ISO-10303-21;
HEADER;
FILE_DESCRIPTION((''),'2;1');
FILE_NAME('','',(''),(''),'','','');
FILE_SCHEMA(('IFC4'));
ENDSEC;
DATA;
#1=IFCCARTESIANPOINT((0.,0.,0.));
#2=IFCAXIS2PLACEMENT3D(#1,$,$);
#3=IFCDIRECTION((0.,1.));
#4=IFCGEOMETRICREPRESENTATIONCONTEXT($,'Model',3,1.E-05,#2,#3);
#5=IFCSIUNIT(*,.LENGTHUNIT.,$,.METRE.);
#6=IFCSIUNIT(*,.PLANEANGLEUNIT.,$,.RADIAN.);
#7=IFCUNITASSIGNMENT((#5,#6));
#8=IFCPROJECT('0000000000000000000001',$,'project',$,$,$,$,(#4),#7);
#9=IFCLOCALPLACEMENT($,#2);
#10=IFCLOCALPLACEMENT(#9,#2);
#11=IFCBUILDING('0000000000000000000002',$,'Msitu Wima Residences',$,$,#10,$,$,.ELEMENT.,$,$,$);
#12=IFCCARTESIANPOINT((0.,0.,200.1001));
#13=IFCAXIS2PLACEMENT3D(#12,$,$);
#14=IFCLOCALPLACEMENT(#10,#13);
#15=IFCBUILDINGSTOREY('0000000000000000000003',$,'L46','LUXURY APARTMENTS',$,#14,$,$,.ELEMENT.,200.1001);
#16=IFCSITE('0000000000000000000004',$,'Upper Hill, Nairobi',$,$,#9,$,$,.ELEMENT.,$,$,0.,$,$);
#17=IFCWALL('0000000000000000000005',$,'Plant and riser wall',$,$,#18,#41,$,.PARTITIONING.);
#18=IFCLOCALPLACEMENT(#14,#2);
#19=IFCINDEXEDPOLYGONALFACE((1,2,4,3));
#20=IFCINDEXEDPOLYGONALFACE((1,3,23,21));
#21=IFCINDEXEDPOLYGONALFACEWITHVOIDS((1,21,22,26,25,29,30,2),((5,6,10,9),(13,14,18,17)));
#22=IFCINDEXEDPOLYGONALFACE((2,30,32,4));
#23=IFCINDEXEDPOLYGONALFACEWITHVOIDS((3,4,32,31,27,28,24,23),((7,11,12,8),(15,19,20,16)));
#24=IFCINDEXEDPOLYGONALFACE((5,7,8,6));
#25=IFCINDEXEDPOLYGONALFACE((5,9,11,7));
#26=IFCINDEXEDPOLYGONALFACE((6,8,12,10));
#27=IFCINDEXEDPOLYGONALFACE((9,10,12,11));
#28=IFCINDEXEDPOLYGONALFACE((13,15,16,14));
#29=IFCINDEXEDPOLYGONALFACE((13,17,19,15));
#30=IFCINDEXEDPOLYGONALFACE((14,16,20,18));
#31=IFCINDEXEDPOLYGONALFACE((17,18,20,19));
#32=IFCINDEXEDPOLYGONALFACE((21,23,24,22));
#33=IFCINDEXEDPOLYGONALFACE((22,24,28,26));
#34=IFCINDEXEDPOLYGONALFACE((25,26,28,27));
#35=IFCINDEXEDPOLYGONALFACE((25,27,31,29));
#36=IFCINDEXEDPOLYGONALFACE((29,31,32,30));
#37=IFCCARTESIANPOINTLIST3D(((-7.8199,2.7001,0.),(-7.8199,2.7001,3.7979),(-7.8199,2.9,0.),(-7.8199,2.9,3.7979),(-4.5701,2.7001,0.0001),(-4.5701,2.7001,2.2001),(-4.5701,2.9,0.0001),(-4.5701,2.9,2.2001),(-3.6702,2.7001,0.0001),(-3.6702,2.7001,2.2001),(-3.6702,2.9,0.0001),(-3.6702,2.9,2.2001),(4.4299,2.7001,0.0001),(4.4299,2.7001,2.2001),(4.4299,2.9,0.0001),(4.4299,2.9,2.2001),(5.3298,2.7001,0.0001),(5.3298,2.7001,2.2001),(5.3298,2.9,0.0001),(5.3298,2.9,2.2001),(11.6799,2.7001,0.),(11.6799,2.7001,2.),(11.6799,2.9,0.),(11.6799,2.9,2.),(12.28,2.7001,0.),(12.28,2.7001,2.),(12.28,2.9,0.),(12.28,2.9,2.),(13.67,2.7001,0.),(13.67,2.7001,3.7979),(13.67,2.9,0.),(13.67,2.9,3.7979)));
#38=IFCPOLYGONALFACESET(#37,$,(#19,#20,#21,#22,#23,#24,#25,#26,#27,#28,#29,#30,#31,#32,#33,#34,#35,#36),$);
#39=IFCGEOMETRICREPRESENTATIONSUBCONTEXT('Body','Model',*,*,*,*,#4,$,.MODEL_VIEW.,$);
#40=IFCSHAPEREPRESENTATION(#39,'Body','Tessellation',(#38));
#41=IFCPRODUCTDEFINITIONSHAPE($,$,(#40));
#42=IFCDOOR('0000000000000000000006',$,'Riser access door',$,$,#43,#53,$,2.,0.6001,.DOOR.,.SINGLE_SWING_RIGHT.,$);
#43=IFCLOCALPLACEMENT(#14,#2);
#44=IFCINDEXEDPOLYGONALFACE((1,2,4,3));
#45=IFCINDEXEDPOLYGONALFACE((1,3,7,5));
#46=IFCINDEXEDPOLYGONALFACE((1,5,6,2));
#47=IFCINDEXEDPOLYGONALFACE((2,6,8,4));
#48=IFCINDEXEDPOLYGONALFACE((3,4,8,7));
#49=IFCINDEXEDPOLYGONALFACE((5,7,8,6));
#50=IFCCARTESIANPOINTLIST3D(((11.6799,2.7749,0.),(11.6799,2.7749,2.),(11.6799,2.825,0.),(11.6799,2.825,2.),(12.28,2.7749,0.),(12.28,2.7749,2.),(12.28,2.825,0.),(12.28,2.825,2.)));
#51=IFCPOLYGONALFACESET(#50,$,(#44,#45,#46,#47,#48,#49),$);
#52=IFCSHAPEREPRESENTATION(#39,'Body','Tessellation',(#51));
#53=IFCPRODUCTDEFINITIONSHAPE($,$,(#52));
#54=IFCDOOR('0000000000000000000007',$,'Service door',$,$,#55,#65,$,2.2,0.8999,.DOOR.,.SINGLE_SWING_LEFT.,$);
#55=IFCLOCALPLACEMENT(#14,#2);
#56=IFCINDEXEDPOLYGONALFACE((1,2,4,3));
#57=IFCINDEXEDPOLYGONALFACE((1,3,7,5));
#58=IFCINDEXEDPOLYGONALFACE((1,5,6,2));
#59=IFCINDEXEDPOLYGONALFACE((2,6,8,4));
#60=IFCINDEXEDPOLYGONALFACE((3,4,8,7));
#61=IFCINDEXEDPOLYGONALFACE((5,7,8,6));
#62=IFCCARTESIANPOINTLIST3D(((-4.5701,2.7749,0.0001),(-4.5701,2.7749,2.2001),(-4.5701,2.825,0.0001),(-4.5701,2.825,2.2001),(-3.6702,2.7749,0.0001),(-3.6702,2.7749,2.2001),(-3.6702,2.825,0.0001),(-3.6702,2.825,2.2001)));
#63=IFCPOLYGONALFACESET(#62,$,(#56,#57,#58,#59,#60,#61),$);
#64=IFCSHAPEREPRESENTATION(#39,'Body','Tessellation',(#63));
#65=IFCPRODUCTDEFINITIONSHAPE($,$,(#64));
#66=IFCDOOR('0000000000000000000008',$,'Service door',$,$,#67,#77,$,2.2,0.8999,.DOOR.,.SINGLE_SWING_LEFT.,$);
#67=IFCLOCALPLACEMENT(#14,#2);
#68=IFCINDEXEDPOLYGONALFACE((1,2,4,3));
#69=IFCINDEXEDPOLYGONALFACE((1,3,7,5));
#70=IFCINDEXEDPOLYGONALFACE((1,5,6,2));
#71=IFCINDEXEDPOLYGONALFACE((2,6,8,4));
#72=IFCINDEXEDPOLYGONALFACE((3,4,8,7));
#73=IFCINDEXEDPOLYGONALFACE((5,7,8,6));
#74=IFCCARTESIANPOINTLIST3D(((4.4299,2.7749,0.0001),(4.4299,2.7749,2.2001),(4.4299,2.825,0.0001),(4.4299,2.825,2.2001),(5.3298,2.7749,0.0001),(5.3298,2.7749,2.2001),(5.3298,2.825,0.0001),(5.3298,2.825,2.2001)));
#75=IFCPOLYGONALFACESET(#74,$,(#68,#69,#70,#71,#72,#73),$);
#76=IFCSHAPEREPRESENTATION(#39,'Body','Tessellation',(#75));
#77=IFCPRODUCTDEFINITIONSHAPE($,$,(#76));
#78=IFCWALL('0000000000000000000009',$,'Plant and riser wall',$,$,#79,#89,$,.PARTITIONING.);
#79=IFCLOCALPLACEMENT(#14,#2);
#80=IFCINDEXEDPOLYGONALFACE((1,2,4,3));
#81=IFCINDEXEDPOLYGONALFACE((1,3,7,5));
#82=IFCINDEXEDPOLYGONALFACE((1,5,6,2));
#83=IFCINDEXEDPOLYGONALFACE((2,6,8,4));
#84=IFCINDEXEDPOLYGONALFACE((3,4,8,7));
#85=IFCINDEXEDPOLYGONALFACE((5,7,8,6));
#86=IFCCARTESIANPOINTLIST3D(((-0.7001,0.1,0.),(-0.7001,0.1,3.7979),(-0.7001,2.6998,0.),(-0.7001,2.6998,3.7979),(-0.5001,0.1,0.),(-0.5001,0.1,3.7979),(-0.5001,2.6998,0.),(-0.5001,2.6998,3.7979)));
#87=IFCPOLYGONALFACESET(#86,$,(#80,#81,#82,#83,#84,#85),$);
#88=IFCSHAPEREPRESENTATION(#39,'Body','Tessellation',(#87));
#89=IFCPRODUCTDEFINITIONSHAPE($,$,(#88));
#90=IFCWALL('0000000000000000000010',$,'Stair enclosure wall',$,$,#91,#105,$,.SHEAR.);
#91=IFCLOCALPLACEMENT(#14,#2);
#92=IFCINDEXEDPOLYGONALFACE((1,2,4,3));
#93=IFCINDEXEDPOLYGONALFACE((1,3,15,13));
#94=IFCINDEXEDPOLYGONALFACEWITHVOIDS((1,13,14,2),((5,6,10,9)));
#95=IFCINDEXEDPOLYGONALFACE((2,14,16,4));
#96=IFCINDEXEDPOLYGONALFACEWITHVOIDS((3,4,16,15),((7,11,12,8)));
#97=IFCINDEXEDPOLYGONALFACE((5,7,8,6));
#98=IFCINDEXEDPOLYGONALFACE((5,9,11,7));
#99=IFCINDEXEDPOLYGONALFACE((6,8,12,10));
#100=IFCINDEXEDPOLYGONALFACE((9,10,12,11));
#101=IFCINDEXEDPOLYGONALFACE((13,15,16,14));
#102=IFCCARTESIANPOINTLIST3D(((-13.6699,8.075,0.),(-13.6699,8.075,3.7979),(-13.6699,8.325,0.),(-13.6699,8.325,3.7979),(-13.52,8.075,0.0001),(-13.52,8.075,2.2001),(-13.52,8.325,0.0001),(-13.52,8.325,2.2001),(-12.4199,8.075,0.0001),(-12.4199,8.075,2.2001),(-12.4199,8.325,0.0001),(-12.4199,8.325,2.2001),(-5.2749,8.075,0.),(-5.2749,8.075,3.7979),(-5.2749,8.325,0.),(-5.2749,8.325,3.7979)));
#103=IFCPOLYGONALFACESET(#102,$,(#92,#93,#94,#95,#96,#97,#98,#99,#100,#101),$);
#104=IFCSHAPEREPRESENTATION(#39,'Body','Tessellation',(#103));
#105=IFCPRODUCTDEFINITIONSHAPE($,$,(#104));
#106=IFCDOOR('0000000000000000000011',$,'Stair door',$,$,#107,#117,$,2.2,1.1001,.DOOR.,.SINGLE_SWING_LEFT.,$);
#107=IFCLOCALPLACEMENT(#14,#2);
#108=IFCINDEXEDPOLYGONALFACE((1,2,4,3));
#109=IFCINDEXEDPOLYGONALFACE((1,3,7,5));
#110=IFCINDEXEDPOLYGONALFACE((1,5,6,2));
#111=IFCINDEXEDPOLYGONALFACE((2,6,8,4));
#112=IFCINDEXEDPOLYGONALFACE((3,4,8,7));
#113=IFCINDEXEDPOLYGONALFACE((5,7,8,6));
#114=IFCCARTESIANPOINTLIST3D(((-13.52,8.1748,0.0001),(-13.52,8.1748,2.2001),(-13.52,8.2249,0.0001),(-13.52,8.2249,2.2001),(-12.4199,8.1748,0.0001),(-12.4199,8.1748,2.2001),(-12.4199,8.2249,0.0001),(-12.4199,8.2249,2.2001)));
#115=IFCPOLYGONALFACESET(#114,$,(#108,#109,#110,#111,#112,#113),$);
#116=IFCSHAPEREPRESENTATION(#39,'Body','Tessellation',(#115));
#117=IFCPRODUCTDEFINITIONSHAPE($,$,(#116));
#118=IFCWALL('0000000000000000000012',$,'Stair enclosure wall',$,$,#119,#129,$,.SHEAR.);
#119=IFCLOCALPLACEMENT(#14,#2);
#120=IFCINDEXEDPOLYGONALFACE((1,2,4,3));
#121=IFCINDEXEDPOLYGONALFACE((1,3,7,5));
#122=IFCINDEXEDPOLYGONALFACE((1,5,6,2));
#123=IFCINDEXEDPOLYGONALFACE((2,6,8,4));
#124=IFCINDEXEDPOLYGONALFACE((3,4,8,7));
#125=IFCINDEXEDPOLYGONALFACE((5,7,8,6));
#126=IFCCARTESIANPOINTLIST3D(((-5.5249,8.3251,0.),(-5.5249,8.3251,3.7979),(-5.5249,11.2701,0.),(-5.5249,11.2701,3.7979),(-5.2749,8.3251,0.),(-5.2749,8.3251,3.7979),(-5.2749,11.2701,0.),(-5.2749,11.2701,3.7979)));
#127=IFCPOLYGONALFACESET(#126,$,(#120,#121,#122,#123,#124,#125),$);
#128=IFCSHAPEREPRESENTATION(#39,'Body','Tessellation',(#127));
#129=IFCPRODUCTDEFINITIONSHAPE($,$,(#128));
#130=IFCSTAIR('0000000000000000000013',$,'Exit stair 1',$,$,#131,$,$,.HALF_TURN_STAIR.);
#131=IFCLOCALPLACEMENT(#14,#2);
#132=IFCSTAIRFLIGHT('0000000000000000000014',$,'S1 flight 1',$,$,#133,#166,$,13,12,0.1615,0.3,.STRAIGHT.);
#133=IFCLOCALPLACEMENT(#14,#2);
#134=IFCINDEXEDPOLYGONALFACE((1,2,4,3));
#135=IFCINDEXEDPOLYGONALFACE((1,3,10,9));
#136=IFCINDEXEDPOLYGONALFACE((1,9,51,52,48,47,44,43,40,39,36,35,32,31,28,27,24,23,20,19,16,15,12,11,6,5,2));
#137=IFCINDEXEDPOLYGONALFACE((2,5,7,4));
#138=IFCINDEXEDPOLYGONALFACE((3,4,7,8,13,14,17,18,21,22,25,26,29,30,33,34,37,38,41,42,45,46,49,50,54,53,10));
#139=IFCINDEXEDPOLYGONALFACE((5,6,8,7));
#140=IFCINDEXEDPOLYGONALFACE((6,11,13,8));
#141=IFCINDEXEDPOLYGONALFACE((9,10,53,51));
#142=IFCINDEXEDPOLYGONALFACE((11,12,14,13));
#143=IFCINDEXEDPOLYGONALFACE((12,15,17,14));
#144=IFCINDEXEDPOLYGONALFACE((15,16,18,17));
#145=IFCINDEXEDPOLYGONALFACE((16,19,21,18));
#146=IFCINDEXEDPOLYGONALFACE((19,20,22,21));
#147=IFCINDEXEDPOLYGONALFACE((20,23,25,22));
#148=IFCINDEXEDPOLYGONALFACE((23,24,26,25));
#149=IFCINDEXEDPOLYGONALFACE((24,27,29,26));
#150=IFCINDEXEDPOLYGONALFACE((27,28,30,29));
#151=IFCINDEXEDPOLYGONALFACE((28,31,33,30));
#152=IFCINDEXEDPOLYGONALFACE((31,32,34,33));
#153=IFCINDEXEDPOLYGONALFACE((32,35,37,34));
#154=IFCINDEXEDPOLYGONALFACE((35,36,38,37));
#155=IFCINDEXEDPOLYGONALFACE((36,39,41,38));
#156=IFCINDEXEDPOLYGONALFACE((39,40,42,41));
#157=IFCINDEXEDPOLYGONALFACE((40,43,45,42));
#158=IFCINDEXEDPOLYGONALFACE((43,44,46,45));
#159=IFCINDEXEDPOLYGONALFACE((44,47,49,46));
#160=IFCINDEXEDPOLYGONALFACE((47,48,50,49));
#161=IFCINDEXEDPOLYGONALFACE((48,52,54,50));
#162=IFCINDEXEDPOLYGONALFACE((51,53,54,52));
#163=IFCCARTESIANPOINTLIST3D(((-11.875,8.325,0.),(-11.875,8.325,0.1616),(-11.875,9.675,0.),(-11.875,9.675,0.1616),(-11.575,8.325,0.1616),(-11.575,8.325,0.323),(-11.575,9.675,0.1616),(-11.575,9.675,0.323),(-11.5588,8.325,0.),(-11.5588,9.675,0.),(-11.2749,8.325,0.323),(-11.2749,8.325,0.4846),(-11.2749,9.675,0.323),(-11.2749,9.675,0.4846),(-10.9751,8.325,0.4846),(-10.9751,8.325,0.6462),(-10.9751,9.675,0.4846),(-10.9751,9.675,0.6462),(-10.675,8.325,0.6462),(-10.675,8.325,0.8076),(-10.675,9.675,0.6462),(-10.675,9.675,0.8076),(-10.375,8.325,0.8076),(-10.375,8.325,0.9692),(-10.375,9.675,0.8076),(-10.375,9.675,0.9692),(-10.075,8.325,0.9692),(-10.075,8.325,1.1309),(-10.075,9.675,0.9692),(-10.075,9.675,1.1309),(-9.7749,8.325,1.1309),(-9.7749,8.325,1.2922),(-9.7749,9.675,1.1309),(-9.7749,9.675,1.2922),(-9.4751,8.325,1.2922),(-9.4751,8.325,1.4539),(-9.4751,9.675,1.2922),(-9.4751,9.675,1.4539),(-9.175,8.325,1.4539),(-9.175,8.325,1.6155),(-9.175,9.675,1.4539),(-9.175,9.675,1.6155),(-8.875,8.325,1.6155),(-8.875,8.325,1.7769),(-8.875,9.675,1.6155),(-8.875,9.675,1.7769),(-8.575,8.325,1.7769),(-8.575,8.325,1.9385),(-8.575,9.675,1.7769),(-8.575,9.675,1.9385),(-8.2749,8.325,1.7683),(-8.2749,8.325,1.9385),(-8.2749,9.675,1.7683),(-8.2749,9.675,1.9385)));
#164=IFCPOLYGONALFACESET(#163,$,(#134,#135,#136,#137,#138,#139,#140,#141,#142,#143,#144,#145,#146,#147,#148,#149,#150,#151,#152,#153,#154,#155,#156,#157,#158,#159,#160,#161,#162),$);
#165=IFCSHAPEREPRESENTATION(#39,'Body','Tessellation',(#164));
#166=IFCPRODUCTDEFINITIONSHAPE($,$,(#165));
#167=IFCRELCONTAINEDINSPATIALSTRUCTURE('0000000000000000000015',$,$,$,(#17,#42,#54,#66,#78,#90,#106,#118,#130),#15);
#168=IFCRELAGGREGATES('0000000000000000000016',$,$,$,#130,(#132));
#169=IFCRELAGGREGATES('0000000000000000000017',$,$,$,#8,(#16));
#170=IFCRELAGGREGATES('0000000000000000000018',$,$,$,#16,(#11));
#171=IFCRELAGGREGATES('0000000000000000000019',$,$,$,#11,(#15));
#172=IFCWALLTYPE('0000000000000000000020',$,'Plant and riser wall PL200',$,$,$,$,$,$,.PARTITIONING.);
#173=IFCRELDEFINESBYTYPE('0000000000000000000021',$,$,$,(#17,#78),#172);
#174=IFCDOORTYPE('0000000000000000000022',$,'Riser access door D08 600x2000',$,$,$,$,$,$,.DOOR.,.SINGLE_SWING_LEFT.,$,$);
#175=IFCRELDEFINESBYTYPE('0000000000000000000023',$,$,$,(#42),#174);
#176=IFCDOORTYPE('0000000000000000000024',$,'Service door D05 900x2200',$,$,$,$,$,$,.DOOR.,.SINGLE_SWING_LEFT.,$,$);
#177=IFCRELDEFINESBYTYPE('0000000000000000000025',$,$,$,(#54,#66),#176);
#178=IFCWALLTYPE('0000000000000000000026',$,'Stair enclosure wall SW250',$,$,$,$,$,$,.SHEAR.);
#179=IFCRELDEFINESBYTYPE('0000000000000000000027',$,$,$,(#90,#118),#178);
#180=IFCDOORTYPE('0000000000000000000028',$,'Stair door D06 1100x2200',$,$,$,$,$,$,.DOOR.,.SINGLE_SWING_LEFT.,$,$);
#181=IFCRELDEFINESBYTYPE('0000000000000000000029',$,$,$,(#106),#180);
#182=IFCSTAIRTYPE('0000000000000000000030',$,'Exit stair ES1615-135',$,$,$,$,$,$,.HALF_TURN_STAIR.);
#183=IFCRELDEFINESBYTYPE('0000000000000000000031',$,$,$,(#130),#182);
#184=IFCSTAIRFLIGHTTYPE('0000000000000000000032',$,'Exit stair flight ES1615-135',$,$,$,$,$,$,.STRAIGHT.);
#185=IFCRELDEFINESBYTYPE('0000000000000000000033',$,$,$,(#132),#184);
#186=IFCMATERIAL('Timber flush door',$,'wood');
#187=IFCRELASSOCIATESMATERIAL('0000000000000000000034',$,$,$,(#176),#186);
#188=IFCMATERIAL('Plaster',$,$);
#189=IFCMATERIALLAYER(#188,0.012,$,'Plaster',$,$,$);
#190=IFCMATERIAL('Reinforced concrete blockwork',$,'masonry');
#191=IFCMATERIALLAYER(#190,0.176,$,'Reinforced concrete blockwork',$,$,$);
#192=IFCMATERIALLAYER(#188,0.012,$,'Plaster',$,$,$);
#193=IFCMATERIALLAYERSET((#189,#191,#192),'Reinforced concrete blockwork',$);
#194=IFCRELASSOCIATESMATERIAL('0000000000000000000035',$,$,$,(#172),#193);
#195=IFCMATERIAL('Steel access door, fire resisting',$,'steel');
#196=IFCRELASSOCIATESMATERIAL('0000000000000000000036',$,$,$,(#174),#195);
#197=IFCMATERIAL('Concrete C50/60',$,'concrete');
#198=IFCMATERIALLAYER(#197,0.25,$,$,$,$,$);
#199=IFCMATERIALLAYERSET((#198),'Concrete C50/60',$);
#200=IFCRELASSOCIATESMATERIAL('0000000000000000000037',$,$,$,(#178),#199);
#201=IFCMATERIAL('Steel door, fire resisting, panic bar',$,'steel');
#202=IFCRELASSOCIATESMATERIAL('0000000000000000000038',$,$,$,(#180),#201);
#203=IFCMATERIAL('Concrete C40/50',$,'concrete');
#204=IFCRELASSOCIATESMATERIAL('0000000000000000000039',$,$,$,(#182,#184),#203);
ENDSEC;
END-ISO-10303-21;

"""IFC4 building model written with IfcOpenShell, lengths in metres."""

from ifc_helpers import new_model, si_unit, direction, frame, frame_2d, origin, place, context, subcontext, project, spatial, polyline, rectangle, outline, extrude, material, layer, layer_set, type_object, element, fill, aggregate, save


model = new_model("IFC4")

# Units and contexts
model_context = context("Model", 3, precision=1e-05, world=origin(), true_north=direction((0.0, 1.0)))
body_context = subcontext(model_context, "Body", "Model", "MODEL_VIEW")
ifc_project = project(units=[si_unit("LENGTHUNIT", "METRE"), si_unit("PLANEANGLEUNIT", "RADIAN")], contexts=[model_context])

# Site, building, storey
site_placement = place(None, origin())
site = spatial("IfcSite", under=ifc_project, at=site_placement, Name="Upper Hill, Nairobi", CompositionType="ELEMENT", RefElevation=0.0)
building_placement = place(site_placement, origin())
building = spatial("IfcBuilding", under=site, at=building_placement, Name="Msitu Wima Residences", CompositionType="ELEMENT")
storey_placement = place(building_placement, frame((0.0, 0.0, 200.1001)))
storey = spatial("IfcBuildingStorey", under=building, at=storey_placement, Name="L46", Description="LUXURY APARTMENTS", CompositionType="ELEMENT", Elevation=200.1001)

# Shared definitions
ifc_material_1 = material(Name="Concrete C40/50", Category="concrete")

# Shared definitions
ifc_material_2 = material(Name="Plaster")

# Shared definitions
ifc_material_3 = material(Name="Timber flush door", Category="wood")
door_type_1 = type_object("IfcDoorType", Name="Service door D05 900x2200", OperationType="SINGLE_SWING_LEFT", PredefinedType="DOOR", material=ifc_material_3)

# Wall, openings, doors
ifc_layer_1 = layer(ifc_material_2, 0.012, Name="Plaster")
ifc_material_4 = material(Name="Reinforced concrete blockwork", Category="masonry")
ifc_layer_2 = layer(ifc_material_4, 0.176, Name="Reinforced concrete blockwork")
ifc_layer_3 = layer(ifc_material_2, 0.012, Name="Plaster")
ifc_layer_set_1 = layer_set([ifc_layer_1, ifc_layer_2, ifc_layer_3], Name="Reinforced concrete blockwork")
wall_type_1 = type_object("IfcWallType", Name="Plant and riser wall PL200", PredefinedType="PARTITIONING", material=ifc_layer_set_1)
wall_1_placement = place(storey_placement, frame((-7.8201, 2.8, 0.0), z_axis=(0.0, 0.0, 1.0), x_axis=(1.0, 0.0, 0.0)))
wall_1 = element("IfcWall", 1, at=wall_1_placement, inside=storey, type_object=wall_type_1, Name="Plant and riser wall", PredefinedType="PARTITIONING", context=body_context, shape_type="SweptSolid", body=[
    extrude(rectangle(XDim=21.49, YDim=0.2, at=frame_2d((10.7451, 0.0))), origin(), (0.0, 0.0, 1.0), 3.7979),
])
opening_1_placement = place(wall_1_placement, frame((19.5, 0.0, 0.0)))
opening_1 = element("IfcOpeningElement", 2, at=opening_1_placement, cuts=wall_1, PredefinedType="OPENING", context=body_context, shape_type="SweptSolid", body=[
    extrude(rectangle(XDim=0.6001, YDim=2.0, at=frame_2d((0.3, 1.0))), frame((0.0, 0.1099, 0.0), z_axis=(0.0, -1.0, 0.0), x_axis=(1.0, 0.0, 0.0)), (0.0, 0.0, 1.0), 0.22),
])
opening_2_placement = place(wall_1_placement, frame((3.25, 0.0, 0.0)))
opening_2 = element("IfcOpeningElement", 3, at=opening_2_placement, cuts=wall_1, PredefinedType="OPENING", context=body_context, shape_type="SweptSolid", body=[
    extrude(rectangle(XDim=0.8999, YDim=2.2, at=frame_2d((0.45, 1.1001))), frame((0.0, 0.1099, 0.0), z_axis=(0.0, -1.0, 0.0), x_axis=(1.0, 0.0, 0.0)), (0.0, 0.0, 1.0), 0.22),
])
opening_3_placement = place(wall_1_placement, frame((12.25, 0.0, 0.0)))
opening_3 = element("IfcOpeningElement", 4, at=opening_3_placement, cuts=wall_1, PredefinedType="OPENING", context=body_context, shape_type="SweptSolid", body=[
    extrude(rectangle(XDim=0.8999, YDim=2.2, at=frame_2d((0.45, 1.1001))), frame((0.0, 0.1099, 0.0), z_axis=(0.0, -1.0, 0.0), x_axis=(1.0, 0.0, 0.0)), (0.0, 0.0, 1.0), 0.22),
])
ifc_material_5 = material(Name="Steel access door, fire resisting", Category="steel")
door_type_2 = type_object("IfcDoorType", Name="Riser access door D08 600x2000", OperationType="SINGLE_SWING_LEFT", PredefinedType="DOOR", material=ifc_material_5)
door_1_placement = place(opening_1_placement, origin())
door_1 = element("IfcDoor", 5, at=door_1_placement, inside=storey, type_object=door_type_2, Name="Riser access door", OperationType="SINGLE_SWING_RIGHT", OverallHeight=2.0, OverallWidth=0.6001, PredefinedType="DOOR", context=body_context, shape_type="SweptSolid", body=[
    extrude(rectangle(XDim=0.6001, YDim=2.0, at=frame_2d((0.3, 1.0))), frame((0.0, 0.0249, 0.0), z_axis=(0.0, -1.0, 0.0), x_axis=(1.0, 0.0, 0.0)), (0.0, 0.0, 1.0), 0.05),
])
fill(opening_1, door_1)
door_2_placement = place(opening_2_placement, origin())
door_2 = element("IfcDoor", 6, at=door_2_placement, inside=storey, type_object=door_type_1, Name="Service door", OperationType="SINGLE_SWING_LEFT", OverallHeight=2.2, OverallWidth=0.8999, PredefinedType="DOOR", context=body_context, shape_type="SweptSolid", body=[
    extrude(rectangle(XDim=0.8999, YDim=2.2, at=frame_2d((0.45, 1.1001))), frame((0.0, 0.0249, 0.0), z_axis=(0.0, -1.0, 0.0), x_axis=(1.0, 0.0, 0.0)), (0.0, 0.0, 1.0), 0.05),
])
fill(opening_2, door_2)
door_3_placement = place(opening_3_placement, origin())
door_3 = element("IfcDoor", 7, at=door_3_placement, inside=storey, type_object=door_type_1, Name="Service door", OperationType="SINGLE_SWING_LEFT", OverallHeight=2.2, OverallWidth=0.8999, PredefinedType="DOOR", context=body_context, shape_type="SweptSolid", body=[
    extrude(rectangle(XDim=0.8999, YDim=2.2, at=frame_2d((0.45, 1.1001))), frame((0.0, 0.0249, 0.0), z_axis=(0.0, -1.0, 0.0), x_axis=(1.0, 0.0, 0.0)), (0.0, 0.0, 1.0), 0.05),
])
fill(opening_3, door_3)

# Wall
wall_2_placement = place(storey_placement, frame((-0.6001, 0.1001, 0.0), z_axis=(0.0, 0.0, 1.0), x_axis=(0.0, 1.0, 0.0)))
element("IfcWall", 8, at=wall_2_placement, inside=storey, type_object=wall_type_1, Name="Plant and riser wall", PredefinedType="PARTITIONING", context=body_context, shape_type="SweptSolid", body=[
    extrude(rectangle(XDim=2.5999, YDim=0.2, at=frame_2d((1.2998, 0.0))), origin(), (0.0, 0.0, 1.0), 3.7979),
])

# Wall, opening, door
ifc_material_6 = material(Name="Concrete C50/60", Category="concrete")
ifc_layer_4 = layer(ifc_material_6, 0.25)
ifc_layer_set_2 = layer_set([ifc_layer_4], Name="Concrete C50/60")
wall_type_2 = type_object("IfcWallType", Name="Stair enclosure wall SW250", PredefinedType="SHEAR", material=ifc_layer_set_2)
wall_3_placement = place(storey_placement, frame((-13.6699, 8.2, 0.0), z_axis=(0.0, 0.0, 1.0), x_axis=(1.0, 0.0, 0.0)))
wall_3 = element("IfcWall", 9, at=wall_3_placement, inside=storey, type_object=wall_type_2, Name="Stair enclosure wall", PredefinedType="SHEAR", context=body_context, shape_type="SweptSolid", body=[
    extrude(rectangle(XDim=8.395, YDim=0.25, at=frame_2d((4.1975, 0.0))), origin(), (0.0, 0.0, 1.0), 3.7979),
])
opening_4_placement = place(wall_3_placement, frame((0.1499, 0.0, 0.0)))
opening_4 = element("IfcOpeningElement", 10, at=opening_4_placement, cuts=wall_3, PredefinedType="OPENING", context=body_context, shape_type="SweptSolid", body=[
    extrude(rectangle(XDim=1.1001, YDim=2.2, at=frame_2d((0.55, 1.1001))), frame((0.0, 0.135, 0.0), z_axis=(0.0, -1.0, 0.0), x_axis=(1.0, 0.0, 0.0)), (0.0, 0.0, 1.0), 0.27),
])
ifc_material_7 = material(Name="Steel door, fire resisting, panic bar", Category="steel")
door_type_3 = type_object("IfcDoorType", Name="Stair door D06 1100x2200", OperationType="SINGLE_SWING_LEFT", PredefinedType="DOOR", material=ifc_material_7)
door_4_placement = place(opening_4_placement, origin())
door_4 = element("IfcDoor", 11, at=door_4_placement, inside=storey, type_object=door_type_3, Name="Stair door", OperationType="SINGLE_SWING_LEFT", OverallHeight=2.2, OverallWidth=1.1001, PredefinedType="DOOR", context=body_context, shape_type="SweptSolid", body=[
    extrude(rectangle(XDim=1.1001, YDim=2.2, at=frame_2d((0.55, 1.1001))), frame((0.0, 0.0249, 0.0), z_axis=(0.0, -1.0, 0.0), x_axis=(1.0, 0.0, 0.0)), (0.0, 0.0, 1.0), 0.05),
])
fill(opening_4, door_4)

# Wall
wall_4_placement = place(storey_placement, frame((-5.3999, 8.325, 0.0), z_axis=(0.0, 0.0, 1.0), x_axis=(0.0, 1.0, 0.0)))
element("IfcWall", 12, at=wall_4_placement, inside=storey, type_object=wall_type_2, Name="Stair enclosure wall", PredefinedType="SHEAR", context=body_context, shape_type="SweptSolid", body=[
    extrude(rectangle(XDim=2.9451, YDim=0.25, at=frame_2d((1.4727, 0.0))), origin(), (0.0, 0.0, 1.0), 3.7979),
])

# Stair, stair flight
stair_type = type_object("IfcStairType", Name="Exit stair ES1615-135", PredefinedType="HALF_TURN_STAIR", material=ifc_material_1)
stair_placement = place(storey_placement, origin())
stair = element("IfcStair", 13, at=stair_placement, inside=storey, type_object=stair_type, Name="Exit stair 1", PredefinedType="HALF_TURN_STAIR")
stair_flight_type = type_object("IfcStairFlightType", Name="Exit stair flight ES1615-135", PredefinedType="STRAIGHT", material=ifc_material_1)
stair_flight_placement = place(storey_placement, frame((-11.875, 9.0, 0.0), z_axis=(0.0, 0.0, 1.0), x_axis=(1.0, 0.0, 0.0)))
stair_flight = element("IfcStairFlight", 14, at=stair_flight_placement, type_object=stair_flight_type, Name="S1 flight 1", NumberOfRisers=13, NumberOfTreads=12, PredefinedType="STRAIGHT", RiserHeight=0.1615, TreadLength=0.3, context=body_context, shape_type="SweptSolid", body=[
    extrude(outline(polyline([(0.0, 0.0), (0.0, 0.1616), (0.3, 0.1616), (0.3, 0.323), (0.6001, 0.323), (0.6001, 0.4846), (0.8999, 0.4846), (0.8999, 0.6462), (1.2, 0.6462), (1.2, 0.8076), (1.5, 0.8076), (1.5, 0.9692), (1.8, 0.9692), (1.8, 1.1309), (2.1001, 1.1309), (2.1001, 1.2922), (2.3999, 1.2922), (2.3999, 1.4539), (2.7, 1.4539), (2.7, 1.6155), (3.0, 1.6155), (3.0, 1.7769), (3.3, 1.7769), (3.3, 1.9385), (3.6001, 1.9385), (3.6001, 2.1001), (3.6001, 1.7683), (0.3162, 0.0), (0.0, 0.0)])), frame((0.0, 0.675, 0.0), z_axis=(0.0, -1.0, 0.0), x_axis=(1.0, 0.0, 0.0)), (0.0, 0.0, 1.0), 1.3501),
])
aggregate(stair, [stair_flight])

save(model, "model.ifc")
